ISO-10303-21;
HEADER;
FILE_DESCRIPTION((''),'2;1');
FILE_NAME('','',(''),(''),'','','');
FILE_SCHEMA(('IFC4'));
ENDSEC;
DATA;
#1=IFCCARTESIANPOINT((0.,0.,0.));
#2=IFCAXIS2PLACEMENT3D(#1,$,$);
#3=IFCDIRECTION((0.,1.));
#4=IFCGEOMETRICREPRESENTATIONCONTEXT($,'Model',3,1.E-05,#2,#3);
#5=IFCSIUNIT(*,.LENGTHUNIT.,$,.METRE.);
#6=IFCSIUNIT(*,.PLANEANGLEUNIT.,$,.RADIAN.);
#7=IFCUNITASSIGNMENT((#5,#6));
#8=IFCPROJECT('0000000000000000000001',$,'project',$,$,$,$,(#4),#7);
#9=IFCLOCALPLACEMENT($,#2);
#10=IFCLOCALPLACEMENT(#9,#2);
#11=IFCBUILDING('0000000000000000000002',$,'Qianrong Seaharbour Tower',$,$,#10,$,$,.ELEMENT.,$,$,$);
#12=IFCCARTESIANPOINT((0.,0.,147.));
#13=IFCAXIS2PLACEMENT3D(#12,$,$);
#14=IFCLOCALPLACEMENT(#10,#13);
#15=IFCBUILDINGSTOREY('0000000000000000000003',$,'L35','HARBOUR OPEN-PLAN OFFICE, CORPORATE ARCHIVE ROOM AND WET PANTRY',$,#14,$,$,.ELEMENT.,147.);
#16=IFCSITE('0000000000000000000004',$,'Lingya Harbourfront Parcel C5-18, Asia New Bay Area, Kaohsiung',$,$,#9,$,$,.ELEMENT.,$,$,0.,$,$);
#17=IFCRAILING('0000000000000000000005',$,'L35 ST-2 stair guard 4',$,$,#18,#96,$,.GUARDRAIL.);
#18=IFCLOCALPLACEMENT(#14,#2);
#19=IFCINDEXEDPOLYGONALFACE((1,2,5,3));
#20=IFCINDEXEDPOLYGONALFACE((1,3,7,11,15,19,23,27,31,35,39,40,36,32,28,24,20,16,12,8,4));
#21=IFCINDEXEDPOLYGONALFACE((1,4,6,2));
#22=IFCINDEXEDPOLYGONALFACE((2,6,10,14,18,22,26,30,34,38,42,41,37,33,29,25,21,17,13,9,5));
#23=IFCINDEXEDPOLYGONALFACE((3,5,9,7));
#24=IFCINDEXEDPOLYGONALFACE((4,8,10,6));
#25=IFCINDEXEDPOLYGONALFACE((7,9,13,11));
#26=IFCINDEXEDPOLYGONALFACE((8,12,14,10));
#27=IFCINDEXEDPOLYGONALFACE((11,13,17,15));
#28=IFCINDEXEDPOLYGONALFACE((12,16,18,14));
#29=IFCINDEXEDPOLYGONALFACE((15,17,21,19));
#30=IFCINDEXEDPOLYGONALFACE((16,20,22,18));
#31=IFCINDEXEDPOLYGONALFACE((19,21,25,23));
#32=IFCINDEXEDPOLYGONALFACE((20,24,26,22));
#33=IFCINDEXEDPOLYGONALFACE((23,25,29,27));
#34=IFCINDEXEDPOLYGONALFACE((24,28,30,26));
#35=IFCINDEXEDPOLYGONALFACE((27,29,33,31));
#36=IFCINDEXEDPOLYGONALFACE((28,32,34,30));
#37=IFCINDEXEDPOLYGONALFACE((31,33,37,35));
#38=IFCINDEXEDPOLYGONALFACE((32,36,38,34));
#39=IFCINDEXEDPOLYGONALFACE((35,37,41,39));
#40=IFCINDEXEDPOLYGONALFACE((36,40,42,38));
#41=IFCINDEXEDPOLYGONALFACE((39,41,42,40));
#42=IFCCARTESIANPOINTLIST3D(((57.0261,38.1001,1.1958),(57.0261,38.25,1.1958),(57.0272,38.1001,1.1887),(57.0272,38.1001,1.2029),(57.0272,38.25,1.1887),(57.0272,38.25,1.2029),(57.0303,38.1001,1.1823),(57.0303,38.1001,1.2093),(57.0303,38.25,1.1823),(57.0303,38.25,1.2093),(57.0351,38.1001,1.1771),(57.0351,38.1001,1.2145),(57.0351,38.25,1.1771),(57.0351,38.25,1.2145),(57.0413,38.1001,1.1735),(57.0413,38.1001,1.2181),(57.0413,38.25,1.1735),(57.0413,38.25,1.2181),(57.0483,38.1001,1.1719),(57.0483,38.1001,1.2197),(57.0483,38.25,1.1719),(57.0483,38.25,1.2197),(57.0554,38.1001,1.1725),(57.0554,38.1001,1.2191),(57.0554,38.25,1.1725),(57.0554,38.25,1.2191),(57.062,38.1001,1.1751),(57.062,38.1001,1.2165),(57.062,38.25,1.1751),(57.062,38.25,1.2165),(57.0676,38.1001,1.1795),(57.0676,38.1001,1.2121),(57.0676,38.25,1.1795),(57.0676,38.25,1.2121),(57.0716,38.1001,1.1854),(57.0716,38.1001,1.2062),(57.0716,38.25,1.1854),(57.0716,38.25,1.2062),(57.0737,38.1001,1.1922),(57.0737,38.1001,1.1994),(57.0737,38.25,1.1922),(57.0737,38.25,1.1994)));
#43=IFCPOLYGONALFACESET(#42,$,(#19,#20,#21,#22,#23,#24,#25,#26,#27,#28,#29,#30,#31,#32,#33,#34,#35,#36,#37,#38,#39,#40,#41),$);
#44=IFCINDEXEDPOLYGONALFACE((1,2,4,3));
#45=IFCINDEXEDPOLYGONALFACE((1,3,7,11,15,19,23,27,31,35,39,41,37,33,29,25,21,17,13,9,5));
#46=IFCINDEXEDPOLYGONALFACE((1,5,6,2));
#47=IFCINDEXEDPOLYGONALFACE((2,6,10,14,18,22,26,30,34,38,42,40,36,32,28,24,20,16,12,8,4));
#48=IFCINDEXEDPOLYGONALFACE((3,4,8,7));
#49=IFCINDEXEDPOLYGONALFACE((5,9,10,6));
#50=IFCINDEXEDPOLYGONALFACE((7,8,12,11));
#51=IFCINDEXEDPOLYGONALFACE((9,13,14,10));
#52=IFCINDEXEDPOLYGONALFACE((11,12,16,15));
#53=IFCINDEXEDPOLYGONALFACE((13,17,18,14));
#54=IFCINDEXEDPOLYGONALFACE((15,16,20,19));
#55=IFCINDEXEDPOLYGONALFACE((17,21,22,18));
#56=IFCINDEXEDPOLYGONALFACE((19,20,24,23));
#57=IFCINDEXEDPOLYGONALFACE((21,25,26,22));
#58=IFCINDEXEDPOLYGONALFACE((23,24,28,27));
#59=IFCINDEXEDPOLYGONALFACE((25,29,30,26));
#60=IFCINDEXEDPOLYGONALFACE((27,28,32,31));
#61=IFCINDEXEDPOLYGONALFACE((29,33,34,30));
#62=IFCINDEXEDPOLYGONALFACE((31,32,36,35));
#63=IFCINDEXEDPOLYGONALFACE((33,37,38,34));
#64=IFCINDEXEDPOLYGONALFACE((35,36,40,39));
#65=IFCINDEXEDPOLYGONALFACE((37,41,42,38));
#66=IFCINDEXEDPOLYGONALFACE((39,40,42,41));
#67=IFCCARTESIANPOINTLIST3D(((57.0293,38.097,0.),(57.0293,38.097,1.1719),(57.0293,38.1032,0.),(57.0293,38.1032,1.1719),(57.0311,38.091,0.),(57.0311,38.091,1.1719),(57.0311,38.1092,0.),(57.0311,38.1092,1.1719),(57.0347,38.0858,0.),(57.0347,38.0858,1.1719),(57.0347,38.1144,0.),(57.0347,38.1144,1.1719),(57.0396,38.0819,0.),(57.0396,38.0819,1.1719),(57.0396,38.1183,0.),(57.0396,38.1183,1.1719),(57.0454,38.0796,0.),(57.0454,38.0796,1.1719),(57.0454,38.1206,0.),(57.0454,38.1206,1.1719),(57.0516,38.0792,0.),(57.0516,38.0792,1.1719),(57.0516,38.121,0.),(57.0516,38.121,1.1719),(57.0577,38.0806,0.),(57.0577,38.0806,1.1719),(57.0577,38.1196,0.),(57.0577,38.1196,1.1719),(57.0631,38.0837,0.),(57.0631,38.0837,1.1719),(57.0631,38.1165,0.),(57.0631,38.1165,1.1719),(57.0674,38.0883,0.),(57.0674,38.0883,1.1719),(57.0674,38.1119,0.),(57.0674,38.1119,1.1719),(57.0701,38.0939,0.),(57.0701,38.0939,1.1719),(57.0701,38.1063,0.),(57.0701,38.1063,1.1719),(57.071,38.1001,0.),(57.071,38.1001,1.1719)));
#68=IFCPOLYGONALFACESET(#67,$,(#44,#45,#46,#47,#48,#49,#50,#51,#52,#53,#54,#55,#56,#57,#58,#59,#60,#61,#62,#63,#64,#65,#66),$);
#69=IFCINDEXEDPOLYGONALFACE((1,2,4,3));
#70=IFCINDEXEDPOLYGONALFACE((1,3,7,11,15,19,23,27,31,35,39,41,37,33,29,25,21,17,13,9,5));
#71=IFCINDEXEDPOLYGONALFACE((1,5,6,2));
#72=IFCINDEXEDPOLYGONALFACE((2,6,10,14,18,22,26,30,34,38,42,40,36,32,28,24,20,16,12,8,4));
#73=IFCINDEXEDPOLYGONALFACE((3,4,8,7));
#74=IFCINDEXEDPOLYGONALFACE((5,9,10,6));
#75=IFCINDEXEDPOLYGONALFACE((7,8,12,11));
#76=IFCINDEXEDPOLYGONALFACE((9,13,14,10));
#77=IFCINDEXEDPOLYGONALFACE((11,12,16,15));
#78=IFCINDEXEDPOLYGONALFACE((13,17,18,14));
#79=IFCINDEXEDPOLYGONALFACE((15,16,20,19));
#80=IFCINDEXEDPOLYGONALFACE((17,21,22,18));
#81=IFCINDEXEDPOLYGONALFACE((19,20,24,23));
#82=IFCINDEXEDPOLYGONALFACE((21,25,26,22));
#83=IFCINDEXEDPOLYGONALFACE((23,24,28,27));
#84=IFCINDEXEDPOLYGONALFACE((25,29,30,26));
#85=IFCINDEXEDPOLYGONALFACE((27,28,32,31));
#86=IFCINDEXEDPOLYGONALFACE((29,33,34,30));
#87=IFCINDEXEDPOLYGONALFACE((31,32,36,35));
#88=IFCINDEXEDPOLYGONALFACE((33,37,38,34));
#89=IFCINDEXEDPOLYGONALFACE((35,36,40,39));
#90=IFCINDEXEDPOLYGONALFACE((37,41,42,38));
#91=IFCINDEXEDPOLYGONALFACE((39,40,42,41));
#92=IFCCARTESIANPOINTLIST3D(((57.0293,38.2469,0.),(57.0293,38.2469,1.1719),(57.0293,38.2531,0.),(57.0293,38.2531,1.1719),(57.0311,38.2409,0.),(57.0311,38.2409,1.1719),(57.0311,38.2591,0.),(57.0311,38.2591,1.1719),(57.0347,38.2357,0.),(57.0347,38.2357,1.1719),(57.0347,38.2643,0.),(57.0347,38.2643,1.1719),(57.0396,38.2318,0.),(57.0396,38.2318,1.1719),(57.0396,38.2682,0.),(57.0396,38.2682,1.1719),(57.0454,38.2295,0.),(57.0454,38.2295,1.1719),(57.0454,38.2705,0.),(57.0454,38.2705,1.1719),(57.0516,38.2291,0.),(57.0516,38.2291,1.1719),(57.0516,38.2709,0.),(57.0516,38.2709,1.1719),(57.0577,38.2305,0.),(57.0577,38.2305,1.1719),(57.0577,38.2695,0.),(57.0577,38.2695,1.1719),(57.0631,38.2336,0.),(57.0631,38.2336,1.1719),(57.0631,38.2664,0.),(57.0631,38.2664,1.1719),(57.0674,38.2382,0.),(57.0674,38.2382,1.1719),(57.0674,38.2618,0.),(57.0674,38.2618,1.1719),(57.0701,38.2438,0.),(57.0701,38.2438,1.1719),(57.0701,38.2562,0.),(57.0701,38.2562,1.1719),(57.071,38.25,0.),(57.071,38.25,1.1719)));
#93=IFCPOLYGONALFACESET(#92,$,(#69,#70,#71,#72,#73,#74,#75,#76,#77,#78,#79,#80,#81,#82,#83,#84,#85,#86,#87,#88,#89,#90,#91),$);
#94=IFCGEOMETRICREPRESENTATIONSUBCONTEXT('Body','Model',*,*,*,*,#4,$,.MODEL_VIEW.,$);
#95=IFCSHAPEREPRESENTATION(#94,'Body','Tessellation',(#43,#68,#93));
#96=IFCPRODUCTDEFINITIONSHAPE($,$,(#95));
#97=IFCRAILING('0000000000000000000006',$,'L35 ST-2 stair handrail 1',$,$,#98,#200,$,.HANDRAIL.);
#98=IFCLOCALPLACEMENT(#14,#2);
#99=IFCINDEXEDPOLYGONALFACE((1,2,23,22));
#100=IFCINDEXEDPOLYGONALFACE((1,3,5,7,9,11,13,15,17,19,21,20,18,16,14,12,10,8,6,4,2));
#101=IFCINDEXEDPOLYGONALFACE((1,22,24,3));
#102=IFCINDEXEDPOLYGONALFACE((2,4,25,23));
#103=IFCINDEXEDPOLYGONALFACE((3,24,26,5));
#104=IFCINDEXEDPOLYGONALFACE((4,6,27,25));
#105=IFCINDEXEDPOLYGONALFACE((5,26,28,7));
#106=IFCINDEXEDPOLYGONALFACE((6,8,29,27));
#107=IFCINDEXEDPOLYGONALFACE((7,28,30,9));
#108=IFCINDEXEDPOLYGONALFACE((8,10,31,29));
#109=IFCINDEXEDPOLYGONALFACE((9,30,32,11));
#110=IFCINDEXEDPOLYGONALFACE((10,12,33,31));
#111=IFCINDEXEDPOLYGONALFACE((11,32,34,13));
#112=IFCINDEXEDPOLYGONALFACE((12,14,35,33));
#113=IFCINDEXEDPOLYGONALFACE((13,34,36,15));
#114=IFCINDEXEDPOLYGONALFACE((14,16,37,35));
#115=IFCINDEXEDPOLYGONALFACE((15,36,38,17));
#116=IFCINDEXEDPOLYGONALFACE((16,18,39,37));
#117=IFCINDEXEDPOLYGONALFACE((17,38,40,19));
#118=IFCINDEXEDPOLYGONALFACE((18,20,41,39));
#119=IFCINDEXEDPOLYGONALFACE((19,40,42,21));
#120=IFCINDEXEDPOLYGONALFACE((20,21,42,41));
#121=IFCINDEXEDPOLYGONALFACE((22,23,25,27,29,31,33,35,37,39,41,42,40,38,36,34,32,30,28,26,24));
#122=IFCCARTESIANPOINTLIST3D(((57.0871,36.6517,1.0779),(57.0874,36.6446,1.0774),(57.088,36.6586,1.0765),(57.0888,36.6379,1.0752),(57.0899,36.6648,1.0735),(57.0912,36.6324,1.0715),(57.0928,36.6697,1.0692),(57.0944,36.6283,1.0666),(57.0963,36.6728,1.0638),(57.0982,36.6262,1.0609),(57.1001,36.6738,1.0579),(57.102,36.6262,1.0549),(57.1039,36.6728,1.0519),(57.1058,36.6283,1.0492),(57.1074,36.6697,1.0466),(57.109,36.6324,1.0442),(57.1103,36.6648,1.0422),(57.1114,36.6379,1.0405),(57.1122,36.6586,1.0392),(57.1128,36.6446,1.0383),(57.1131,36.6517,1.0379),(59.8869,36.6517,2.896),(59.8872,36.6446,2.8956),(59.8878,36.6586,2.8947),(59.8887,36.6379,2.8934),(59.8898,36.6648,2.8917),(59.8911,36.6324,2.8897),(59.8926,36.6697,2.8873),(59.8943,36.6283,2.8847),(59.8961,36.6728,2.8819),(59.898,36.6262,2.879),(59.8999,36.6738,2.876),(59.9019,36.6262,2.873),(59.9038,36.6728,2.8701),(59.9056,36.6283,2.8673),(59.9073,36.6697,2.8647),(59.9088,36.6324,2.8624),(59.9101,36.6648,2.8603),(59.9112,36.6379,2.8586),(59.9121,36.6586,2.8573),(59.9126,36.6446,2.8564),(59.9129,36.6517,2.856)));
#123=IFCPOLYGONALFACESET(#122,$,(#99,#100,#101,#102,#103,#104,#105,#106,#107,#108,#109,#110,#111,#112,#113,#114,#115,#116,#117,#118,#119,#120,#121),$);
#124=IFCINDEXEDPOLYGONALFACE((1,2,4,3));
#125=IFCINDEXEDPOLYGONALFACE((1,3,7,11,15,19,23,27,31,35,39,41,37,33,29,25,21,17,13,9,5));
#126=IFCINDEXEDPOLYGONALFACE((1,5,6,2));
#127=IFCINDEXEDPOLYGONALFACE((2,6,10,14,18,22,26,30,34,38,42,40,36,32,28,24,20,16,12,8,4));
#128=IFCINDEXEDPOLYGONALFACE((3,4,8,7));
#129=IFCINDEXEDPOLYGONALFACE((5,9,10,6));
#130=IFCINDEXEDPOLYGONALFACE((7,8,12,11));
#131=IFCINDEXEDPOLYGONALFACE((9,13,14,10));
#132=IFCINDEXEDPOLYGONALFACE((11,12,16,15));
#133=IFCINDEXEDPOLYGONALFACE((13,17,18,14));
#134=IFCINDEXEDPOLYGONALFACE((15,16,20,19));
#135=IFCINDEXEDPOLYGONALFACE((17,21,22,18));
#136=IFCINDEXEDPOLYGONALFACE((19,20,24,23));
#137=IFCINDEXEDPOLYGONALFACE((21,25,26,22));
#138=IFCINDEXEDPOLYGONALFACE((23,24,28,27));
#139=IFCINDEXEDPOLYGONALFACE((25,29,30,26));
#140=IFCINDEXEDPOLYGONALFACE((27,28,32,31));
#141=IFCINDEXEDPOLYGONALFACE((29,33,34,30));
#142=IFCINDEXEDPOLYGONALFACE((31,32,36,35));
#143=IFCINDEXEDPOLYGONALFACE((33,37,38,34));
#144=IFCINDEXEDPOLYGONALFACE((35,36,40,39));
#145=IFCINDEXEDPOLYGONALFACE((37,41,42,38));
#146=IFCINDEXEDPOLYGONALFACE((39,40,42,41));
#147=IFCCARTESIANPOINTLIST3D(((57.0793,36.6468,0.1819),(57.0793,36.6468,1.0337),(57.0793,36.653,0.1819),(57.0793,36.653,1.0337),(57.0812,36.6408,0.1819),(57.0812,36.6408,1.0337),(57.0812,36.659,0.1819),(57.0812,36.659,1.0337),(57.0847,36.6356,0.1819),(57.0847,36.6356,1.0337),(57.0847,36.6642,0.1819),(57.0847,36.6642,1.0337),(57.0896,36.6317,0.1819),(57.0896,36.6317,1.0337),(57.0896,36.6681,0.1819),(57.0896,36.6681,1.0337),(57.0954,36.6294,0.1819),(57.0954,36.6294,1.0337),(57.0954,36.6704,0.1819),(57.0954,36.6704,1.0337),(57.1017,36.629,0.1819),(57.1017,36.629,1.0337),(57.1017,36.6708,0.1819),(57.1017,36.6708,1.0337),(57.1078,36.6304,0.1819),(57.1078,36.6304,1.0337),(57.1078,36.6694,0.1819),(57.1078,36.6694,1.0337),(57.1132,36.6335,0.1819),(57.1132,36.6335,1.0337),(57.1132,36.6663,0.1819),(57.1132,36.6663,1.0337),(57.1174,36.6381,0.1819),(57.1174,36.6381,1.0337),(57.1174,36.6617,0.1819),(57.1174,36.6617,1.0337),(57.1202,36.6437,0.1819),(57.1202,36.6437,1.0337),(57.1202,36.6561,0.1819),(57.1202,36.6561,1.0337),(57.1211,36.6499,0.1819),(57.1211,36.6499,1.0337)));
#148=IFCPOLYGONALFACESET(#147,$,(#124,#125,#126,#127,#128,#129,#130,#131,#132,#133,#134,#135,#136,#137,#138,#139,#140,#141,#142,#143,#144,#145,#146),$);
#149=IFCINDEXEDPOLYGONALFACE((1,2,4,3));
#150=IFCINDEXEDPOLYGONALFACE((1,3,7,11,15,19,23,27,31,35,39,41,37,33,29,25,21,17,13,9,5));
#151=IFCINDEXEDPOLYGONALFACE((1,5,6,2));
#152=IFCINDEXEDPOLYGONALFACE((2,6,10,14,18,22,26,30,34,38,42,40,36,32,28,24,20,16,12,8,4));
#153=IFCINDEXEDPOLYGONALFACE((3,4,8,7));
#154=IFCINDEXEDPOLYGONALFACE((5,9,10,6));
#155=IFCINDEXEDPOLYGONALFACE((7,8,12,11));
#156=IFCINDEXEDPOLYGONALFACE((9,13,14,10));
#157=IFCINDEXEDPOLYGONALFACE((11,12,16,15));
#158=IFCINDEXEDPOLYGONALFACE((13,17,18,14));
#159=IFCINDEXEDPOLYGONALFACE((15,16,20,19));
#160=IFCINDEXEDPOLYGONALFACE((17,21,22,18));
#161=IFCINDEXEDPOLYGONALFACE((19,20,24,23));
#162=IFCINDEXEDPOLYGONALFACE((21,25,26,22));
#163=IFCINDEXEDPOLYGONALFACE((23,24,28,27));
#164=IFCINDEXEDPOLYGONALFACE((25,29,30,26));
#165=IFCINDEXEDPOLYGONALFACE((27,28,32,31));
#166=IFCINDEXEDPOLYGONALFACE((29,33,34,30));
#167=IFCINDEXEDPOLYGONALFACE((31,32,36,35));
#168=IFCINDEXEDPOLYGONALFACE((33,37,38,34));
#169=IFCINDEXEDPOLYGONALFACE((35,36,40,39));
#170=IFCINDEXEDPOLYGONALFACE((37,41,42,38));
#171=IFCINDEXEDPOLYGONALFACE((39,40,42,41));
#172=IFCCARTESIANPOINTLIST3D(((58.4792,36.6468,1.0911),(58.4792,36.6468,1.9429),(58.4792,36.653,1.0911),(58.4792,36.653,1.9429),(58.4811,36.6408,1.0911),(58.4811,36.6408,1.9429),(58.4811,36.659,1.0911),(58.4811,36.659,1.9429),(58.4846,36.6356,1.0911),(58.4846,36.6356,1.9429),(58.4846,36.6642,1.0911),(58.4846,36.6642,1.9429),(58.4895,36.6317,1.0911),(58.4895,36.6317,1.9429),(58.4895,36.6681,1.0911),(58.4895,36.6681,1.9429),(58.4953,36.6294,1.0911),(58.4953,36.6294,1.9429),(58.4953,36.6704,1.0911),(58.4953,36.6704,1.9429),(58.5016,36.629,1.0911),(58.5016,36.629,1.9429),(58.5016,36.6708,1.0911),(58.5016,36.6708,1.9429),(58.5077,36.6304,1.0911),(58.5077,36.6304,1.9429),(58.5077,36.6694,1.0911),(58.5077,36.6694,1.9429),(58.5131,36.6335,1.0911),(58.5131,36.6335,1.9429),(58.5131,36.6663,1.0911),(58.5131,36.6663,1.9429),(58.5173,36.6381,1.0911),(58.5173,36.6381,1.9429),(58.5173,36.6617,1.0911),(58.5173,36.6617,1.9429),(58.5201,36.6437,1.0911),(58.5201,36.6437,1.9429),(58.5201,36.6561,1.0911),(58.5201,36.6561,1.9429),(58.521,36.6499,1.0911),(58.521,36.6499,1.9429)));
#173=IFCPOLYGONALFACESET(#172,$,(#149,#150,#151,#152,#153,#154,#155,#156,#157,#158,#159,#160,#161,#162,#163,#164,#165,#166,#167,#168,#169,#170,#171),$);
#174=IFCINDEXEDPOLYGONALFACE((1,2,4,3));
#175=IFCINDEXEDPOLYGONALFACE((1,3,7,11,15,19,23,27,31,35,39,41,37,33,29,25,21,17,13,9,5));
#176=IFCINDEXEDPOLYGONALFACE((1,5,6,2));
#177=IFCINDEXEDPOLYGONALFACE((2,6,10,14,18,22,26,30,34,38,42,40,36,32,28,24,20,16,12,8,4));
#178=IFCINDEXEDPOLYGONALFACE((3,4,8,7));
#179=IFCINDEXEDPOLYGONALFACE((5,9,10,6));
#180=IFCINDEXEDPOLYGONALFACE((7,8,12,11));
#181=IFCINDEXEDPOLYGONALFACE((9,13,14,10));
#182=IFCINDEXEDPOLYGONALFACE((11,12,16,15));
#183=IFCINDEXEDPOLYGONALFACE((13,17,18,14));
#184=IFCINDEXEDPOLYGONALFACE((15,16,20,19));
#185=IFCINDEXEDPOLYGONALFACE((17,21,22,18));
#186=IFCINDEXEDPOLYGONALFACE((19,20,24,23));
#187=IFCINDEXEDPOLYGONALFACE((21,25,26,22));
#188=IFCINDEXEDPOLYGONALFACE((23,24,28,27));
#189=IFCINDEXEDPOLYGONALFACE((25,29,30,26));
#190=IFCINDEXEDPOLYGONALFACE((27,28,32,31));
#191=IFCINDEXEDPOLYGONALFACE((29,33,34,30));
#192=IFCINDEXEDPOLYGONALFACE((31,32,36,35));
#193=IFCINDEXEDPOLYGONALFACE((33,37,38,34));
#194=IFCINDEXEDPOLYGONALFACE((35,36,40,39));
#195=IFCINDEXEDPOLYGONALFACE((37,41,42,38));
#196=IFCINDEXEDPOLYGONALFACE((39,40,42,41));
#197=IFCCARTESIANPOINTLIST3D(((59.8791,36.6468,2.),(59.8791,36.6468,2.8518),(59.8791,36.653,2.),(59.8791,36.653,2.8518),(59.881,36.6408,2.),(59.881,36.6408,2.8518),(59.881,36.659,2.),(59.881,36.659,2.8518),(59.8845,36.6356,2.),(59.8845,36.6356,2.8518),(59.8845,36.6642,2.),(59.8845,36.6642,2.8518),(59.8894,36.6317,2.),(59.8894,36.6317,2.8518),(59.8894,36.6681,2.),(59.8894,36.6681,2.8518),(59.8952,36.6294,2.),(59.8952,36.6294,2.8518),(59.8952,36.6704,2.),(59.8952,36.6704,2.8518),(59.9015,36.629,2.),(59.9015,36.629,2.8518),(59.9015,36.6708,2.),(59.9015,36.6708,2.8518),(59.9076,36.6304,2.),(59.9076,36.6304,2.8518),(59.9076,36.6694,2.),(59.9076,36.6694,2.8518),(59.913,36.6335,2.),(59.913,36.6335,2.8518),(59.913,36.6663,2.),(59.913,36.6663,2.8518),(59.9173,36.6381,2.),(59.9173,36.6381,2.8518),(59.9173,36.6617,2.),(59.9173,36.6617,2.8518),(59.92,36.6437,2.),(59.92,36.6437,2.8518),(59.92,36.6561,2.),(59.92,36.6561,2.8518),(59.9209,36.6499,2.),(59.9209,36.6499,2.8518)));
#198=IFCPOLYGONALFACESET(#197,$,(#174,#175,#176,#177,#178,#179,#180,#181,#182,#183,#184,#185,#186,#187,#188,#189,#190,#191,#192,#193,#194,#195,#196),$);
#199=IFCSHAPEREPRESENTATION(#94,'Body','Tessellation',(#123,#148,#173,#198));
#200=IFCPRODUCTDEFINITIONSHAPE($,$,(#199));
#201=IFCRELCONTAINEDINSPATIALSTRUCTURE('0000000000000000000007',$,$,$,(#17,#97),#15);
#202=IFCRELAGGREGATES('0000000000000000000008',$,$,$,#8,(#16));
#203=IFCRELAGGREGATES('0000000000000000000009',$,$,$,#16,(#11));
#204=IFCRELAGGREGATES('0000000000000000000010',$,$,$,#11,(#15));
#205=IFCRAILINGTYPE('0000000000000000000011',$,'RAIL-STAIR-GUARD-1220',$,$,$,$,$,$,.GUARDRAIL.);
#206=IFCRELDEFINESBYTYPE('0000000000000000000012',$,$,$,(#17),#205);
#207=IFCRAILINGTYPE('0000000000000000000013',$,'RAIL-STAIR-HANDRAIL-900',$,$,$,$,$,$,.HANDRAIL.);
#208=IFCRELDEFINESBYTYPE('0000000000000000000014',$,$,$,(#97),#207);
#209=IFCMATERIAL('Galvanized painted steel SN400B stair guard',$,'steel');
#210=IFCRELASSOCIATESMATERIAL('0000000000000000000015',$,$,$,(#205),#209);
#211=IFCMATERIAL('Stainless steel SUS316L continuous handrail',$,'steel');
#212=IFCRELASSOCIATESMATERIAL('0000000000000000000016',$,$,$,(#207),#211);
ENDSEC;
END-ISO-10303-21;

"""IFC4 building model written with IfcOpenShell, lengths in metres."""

from ifc_helpers import new_model, si_unit, direction, frame, origin, origin_2d, place, context, subcontext, project, spatial, circle, extrude, material, type_object, element, save


model = new_model("IFC4")

# Units and contexts
model_context = context("Model", 3, precision=1e-05, world=origin(), true_north=direction((0.0, 1.0)))
body_context = subcontext(model_context, "Body", "Model", "MODEL_VIEW")
ifc_project = project(units=[si_unit("LENGTHUNIT", "METRE"), si_unit("PLANEANGLEUNIT", "RADIAN")], contexts=[model_context])

# Site, building, storey
site_placement = place(None, origin())
site = spatial("IfcSite", under=ifc_project, at=site_placement, Name="Lingya Harbourfront Parcel C5-18, Asia New Bay Area, Kaohsiung", CompositionType="ELEMENT", RefElevation=0.0)
building_placement = place(site_placement, origin())
building = spatial("IfcBuilding", under=site, at=building_placement, Name="Qianrong Seaharbour Tower", CompositionType="ELEMENT")
storey_placement = place(building_placement, frame((0.0, 0.0, 147.0)))
storey = spatial("IfcBuildingStorey", under=building, at=storey_placement, Name="L35", Description="HARBOUR OPEN-PLAN OFFICE, CORPORATE ARCHIVE ROOM AND WET PANTRY", CompositionType="ELEMENT", Elevation=147.0)

# Railings
ifc_material_1 = material(Name="Galvanized painted steel SN400B stair guard", Category="steel")
railing_type_1 = type_object("IfcRailingType", Name="RAIL-STAIR-GUARD-1220", PredefinedType="GUARDRAIL", material=ifc_material_1)
railing_1_placement = place(storey_placement, frame((57.05, 38.1001, 0.0)))
element("IfcRailing", 1, at=railing_1_placement, inside=storey, type_object=railing_type_1, Name="L35 ST-2 stair guard 4", PredefinedType="GUARDRAIL", context=body_context, shape_type="SweptSolid", body=[
    extrude(circle(Radius=0.0239, at=origin_2d()), frame((0.0, 0.0, 1.1958), z_axis=(0.0, 1.0, 0.0), x_axis=(-1.0, 0.0, 0.0)), (0.0, 0.0, 1.0), 0.1499),
    extrude(circle(Radius=0.021, at=origin_2d()), origin(), (0.0, 0.0, 1.0), 1.1719),
    extrude(circle(Radius=0.021, at=origin_2d()), frame((0.0, 0.1499, 0.0)), (0.0, 0.0, 1.0), 1.1719),
])
ifc_material_2 = material(Name="Stainless steel SUS316L continuous handrail", Category="steel")
railing_type_2 = type_object("IfcRailingType", Name="RAIL-STAIR-HANDRAIL-900", PredefinedType="HANDRAIL", material=ifc_material_2)
railing_2_placement = place(storey_placement, frame((57.1001, 36.6499, 0.1819)))
element("IfcRailing", 2, at=railing_2_placement, inside=storey, type_object=railing_type_2, Name="L35 ST-2 stair handrail 1", PredefinedType="HANDRAIL", context=body_context, shape_type="SweptSolid", body=[
    extrude(circle(Radius=0.0239, at=origin_2d()), frame((0.0, 0.0, 0.876), z_axis=(0.838684, 0.0, 0.544618), x_axis=(0.0, 1.0, 0.0)), (0.0, 0.0, 1.0), 3.3384),
    extrude(circle(Radius=0.021, at=origin_2d()), origin(), (0.0, 0.0, 1.0), 0.8518),
    extrude(circle(Radius=0.021, at=origin_2d()), frame((1.3999, 0.0, 0.9092)), (0.0, 0.0, 1.0), 0.8518),
    extrude(circle(Radius=0.021, at=origin_2d()), frame((2.7998, 0.0, 1.8181)), (0.0, 0.0, 1.0), 0.8518),
])

save(model, "model.ifc")
